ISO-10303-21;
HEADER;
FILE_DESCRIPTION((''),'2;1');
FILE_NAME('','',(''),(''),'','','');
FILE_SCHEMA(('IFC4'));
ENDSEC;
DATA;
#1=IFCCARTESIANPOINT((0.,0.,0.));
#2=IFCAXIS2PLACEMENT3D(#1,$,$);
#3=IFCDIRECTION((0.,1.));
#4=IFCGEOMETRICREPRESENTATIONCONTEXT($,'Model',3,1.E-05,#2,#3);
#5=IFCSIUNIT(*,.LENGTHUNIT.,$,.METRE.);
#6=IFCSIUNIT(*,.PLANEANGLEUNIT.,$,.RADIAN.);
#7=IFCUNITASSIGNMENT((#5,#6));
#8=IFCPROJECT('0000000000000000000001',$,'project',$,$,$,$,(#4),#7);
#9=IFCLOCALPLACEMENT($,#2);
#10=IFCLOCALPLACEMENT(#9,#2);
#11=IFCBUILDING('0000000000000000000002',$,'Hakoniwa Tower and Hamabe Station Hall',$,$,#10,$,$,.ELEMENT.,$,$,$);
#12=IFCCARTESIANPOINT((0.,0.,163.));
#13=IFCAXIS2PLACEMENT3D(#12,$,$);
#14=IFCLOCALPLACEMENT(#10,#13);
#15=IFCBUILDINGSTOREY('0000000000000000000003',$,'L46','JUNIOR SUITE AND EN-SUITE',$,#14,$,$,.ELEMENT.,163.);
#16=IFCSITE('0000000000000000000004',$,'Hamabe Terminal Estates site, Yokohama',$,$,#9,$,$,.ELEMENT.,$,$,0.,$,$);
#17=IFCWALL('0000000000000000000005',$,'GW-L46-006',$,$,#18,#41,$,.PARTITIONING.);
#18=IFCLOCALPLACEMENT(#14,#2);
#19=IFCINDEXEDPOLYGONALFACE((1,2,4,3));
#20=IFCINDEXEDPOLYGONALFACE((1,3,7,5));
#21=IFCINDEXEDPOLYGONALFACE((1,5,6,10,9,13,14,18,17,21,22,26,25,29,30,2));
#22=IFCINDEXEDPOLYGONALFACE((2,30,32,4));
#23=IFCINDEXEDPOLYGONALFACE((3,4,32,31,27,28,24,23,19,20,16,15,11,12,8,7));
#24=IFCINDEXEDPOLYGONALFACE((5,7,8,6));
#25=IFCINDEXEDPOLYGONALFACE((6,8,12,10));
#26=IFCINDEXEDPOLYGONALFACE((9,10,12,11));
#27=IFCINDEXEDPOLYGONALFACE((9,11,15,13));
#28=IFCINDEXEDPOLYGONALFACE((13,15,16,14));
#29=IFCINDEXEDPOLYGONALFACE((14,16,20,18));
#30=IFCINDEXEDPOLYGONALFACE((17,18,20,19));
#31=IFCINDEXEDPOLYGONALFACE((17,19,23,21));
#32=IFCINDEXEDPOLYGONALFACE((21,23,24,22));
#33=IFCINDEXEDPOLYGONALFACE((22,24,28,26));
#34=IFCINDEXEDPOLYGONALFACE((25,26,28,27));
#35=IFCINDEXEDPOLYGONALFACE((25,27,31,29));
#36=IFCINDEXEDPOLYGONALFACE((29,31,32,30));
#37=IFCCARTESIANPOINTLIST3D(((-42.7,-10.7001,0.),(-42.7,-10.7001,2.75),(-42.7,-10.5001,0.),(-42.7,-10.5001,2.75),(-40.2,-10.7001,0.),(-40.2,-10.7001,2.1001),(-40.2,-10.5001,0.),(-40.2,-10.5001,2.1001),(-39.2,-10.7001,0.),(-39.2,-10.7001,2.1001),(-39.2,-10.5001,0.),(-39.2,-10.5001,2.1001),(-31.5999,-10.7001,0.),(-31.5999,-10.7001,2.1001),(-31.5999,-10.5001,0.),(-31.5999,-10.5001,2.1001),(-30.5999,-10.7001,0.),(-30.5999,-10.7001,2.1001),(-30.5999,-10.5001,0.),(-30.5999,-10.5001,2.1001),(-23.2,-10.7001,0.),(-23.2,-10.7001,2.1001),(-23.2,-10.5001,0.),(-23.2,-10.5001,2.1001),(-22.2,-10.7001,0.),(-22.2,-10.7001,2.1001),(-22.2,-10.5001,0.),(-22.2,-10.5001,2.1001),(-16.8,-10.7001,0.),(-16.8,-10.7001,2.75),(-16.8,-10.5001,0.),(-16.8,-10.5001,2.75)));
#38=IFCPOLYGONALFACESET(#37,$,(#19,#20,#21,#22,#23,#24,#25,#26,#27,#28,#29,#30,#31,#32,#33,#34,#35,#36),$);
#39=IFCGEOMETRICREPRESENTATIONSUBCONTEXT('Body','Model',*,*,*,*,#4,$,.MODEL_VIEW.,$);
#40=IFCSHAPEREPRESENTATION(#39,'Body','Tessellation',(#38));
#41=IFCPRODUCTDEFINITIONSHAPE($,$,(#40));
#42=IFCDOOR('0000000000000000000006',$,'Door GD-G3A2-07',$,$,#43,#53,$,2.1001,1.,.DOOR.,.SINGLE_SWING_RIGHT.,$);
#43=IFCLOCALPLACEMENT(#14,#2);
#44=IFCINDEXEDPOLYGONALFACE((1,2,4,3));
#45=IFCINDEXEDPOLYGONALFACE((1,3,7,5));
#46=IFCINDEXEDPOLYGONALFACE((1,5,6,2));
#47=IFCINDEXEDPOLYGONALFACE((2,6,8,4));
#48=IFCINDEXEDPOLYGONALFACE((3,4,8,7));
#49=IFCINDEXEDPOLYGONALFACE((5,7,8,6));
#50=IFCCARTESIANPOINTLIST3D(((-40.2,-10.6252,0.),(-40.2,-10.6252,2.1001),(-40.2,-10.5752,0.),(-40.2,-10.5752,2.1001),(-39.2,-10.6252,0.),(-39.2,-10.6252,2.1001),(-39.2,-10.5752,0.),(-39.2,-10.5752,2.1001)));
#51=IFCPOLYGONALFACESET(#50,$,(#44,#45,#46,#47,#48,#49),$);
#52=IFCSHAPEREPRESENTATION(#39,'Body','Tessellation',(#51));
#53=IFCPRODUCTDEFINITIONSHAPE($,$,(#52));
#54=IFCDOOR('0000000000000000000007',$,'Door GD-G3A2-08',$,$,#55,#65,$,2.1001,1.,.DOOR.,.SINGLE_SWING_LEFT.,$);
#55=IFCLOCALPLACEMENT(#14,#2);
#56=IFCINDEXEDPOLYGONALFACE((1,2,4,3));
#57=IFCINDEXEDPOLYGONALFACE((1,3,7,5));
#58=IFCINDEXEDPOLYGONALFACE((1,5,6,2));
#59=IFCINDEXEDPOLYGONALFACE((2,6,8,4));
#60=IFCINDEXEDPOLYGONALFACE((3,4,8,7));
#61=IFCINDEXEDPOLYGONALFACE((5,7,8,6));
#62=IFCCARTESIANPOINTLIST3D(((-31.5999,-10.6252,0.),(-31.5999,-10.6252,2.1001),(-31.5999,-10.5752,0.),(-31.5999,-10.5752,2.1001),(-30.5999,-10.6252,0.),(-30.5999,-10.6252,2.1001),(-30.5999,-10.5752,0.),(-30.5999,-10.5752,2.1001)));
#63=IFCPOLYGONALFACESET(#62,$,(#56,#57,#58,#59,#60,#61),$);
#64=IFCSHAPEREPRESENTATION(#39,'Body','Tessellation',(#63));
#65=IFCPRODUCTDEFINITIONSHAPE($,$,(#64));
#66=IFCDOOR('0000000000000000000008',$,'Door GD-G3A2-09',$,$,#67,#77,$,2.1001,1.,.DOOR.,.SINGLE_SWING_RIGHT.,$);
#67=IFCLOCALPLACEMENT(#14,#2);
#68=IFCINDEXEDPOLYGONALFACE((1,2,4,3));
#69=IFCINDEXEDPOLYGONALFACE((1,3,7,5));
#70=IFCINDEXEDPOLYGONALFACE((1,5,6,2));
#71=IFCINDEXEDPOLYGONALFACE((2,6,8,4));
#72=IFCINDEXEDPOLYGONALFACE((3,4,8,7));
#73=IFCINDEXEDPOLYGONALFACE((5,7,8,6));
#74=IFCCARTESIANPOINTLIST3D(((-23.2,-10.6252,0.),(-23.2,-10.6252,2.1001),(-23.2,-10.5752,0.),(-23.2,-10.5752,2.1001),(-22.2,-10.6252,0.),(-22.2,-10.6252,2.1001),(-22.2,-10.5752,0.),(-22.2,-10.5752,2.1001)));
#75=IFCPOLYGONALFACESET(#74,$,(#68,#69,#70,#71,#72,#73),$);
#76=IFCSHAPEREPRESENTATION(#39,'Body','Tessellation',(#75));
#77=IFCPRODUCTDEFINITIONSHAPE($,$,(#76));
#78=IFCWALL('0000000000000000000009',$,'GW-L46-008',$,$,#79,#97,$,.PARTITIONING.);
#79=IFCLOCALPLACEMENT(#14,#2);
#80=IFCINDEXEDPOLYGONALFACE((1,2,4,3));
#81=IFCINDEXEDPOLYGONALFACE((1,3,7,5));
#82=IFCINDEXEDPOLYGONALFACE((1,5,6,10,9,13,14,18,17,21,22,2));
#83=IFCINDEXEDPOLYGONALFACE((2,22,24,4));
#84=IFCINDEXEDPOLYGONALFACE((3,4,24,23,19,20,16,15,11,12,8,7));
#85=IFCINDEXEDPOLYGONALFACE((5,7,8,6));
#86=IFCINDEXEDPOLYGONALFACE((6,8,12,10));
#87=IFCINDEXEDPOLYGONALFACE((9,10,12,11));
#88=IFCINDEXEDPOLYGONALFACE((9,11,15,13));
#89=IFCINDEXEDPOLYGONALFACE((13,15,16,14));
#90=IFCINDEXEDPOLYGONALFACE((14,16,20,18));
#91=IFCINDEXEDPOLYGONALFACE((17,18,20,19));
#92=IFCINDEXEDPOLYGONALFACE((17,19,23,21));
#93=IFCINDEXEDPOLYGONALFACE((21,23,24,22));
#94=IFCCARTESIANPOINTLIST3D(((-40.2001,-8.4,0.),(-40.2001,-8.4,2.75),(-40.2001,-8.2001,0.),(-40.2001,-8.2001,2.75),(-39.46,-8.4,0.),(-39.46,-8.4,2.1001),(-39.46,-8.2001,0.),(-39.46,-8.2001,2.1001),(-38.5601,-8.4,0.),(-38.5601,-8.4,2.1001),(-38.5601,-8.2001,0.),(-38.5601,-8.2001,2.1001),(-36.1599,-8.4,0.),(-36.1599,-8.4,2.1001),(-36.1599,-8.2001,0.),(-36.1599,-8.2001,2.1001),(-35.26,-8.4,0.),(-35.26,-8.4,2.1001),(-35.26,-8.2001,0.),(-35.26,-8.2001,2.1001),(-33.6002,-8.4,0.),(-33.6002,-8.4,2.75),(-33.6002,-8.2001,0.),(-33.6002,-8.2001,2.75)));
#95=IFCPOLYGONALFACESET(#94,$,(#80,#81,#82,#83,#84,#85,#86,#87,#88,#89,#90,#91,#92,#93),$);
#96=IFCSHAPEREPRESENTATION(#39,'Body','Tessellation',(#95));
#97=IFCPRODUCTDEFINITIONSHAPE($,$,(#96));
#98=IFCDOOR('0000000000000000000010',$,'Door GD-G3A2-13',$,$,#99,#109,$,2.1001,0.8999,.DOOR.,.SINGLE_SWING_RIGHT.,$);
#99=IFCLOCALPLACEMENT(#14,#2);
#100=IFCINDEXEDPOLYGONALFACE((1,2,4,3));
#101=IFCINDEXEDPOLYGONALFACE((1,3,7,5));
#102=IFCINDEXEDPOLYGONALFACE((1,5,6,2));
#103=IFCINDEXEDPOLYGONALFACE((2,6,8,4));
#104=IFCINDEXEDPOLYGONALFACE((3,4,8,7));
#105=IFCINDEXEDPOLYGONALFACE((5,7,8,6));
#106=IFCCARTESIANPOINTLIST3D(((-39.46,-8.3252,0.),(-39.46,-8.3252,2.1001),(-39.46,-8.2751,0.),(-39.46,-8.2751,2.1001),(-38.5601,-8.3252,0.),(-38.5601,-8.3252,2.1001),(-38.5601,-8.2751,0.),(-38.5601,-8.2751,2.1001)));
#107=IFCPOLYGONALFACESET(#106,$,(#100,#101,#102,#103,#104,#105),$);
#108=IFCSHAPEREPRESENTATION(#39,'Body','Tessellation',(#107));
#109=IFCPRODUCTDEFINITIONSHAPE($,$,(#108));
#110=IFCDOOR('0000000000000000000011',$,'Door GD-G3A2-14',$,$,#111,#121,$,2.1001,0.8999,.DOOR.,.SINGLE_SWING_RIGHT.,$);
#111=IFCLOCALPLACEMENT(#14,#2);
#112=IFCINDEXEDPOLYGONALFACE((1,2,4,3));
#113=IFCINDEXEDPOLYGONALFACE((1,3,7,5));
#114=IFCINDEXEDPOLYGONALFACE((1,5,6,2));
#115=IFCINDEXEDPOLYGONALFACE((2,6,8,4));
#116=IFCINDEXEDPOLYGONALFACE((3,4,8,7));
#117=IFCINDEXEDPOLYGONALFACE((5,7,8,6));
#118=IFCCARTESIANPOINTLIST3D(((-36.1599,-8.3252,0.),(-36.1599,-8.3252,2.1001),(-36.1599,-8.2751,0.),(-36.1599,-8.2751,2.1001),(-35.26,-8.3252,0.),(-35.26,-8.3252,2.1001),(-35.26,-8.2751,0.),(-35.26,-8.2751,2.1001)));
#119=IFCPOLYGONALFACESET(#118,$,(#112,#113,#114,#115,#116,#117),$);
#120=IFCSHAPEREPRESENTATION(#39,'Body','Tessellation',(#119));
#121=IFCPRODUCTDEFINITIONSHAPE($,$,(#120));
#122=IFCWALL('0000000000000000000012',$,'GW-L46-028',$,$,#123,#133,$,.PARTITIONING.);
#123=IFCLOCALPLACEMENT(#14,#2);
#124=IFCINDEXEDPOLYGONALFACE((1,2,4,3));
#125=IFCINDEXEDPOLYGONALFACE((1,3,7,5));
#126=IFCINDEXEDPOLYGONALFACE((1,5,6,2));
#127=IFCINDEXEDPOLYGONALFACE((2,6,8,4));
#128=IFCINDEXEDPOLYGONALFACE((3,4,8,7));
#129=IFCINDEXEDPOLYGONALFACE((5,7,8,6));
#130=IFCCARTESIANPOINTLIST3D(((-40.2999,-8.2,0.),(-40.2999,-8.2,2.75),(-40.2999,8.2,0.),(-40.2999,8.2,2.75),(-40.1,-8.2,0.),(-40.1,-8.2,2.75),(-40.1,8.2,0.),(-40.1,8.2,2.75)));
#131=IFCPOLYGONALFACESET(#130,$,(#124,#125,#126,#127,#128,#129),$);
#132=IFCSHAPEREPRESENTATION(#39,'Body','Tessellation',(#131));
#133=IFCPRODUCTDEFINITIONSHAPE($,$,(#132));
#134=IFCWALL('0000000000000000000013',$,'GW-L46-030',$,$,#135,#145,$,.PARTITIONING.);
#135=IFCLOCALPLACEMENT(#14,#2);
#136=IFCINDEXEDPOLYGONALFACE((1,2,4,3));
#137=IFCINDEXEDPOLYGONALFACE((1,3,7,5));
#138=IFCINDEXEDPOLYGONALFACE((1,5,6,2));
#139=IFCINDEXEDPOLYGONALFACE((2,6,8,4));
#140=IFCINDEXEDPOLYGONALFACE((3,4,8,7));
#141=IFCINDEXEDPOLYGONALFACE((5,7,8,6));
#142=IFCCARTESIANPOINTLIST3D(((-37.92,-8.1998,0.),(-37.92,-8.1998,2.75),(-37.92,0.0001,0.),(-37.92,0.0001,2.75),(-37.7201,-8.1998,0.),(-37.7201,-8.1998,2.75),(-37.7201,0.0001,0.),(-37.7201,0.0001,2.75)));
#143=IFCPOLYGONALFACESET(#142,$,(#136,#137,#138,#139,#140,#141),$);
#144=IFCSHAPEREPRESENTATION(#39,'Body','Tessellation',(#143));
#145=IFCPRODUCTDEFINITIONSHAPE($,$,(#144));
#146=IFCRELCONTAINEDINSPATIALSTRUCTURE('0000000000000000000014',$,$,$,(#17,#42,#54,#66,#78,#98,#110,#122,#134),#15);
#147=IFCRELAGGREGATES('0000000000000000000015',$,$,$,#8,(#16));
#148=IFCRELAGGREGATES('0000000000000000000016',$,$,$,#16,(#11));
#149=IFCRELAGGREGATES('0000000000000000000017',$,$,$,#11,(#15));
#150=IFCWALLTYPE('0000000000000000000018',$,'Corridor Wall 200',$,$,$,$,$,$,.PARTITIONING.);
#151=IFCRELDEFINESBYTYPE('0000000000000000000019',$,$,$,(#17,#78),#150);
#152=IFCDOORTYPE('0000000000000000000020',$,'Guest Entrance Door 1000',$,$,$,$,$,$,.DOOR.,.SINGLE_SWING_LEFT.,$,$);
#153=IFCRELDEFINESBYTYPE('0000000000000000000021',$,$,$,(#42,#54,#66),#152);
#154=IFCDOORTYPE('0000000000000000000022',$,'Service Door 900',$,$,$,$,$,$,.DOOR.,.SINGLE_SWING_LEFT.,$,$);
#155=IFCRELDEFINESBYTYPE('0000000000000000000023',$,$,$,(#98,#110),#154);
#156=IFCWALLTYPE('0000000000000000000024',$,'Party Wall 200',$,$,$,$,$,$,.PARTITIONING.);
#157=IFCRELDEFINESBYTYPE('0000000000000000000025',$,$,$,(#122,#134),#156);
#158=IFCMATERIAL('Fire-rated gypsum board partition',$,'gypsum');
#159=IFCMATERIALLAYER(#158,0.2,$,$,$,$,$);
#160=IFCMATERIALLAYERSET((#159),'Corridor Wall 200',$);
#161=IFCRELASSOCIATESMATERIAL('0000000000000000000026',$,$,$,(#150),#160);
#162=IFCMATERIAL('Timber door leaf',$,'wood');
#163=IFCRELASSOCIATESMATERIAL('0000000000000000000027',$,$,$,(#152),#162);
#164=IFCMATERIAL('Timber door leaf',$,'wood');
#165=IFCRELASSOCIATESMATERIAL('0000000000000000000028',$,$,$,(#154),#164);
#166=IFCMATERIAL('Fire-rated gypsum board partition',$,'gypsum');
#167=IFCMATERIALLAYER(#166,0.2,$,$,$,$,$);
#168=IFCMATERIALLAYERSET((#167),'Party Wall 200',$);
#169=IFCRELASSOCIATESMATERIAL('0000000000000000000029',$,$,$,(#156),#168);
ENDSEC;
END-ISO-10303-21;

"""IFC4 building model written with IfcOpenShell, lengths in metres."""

from ifc_helpers import new_model, si_unit, direction, frame, frame_2d, origin, place, context, subcontext, project, spatial, rectangle, extrude, material, layer, layer_set, type_object, element, fill, save


model = new_model("IFC4")

# Units and contexts
model_context = context("Model", 3, precision=1e-05, world=origin(), true_north=direction((0.0, 1.0)))
body_context = subcontext(model_context, "Body", "Model", "MODEL_VIEW")
ifc_project = project(units=[si_unit("LENGTHUNIT", "METRE"), si_unit("PLANEANGLEUNIT", "RADIAN")], contexts=[model_context])

# Site, building, storey
site_placement = place(None, origin())
site = spatial("IfcSite", under=ifc_project, at=site_placement, Name="Hamabe Terminal Estates site, Yokohama", CompositionType="ELEMENT", RefElevation=0.0)
building_placement = place(site_placement, origin())
building = spatial("IfcBuilding", under=site, at=building_placement, Name="Hakoniwa Tower and Hamabe Station Hall", CompositionType="ELEMENT")
storey_placement = place(building_placement, frame((0.0, 0.0, 163.0)))
storey = spatial("IfcBuildingStorey", under=building, at=storey_placement, Name="L46", Description="JUNIOR SUITE AND EN-SUITE", CompositionType="ELEMENT", Elevation=163.0)

# Walls, openings, doors
ifc_material_1 = material(Name="Fire-rated gypsum board partition", Category="gypsum")
ifc_layer_1 = layer(ifc_material_1, 0.2)
ifc_layer_set_1 = layer_set([ifc_layer_1], Name="Corridor Wall 200")
wall_type_1 = type_object("IfcWallType", Name="Corridor Wall 200", PredefinedType="PARTITIONING", material=ifc_layer_set_1)
wall_1_placement = place(storey_placement, frame((-42.7, -10.6001, 0.0), z_axis=(0.0, 0.0, 1.0), x_axis=(1.0, 0.0, 0.0)))
wall_1 = element("IfcWall", 1, at=wall_1_placement, inside=storey, type_object=wall_type_1, Name="GW-L46-006", PredefinedType="PARTITIONING", context=body_context, shape_type="SweptSolid", body=[
    extrude(rectangle(XDim=25.8999, YDim=0.2, at=frame_2d((12.95, 0.0))), origin(), (0.0, 0.0, 1.0), 2.75),
])
opening_1_placement = place(wall_1_placement, frame((2.5, 0.0, 0.0)))
opening_1 = element("IfcOpeningElement", 2, at=opening_1_placement, cuts=wall_1, PredefinedType="OPENING", context=body_context, shape_type="SweptSolid", body=[
    extrude(rectangle(XDim=1.0, YDim=2.1001, at=frame_2d((0.5, 1.05))), frame((0.0, 0.1099, 0.0), z_axis=(0.0, -1.0, 0.0), x_axis=(1.0, 0.0, 0.0)), (0.0, 0.0, 1.0), 0.22),
])
opening_2_placement = place(wall_1_placement, frame((11.1001, 0.0, 0.0)))
opening_2 = element("IfcOpeningElement", 3, at=opening_2_placement, cuts=wall_1, PredefinedType="OPENING", context=body_context, shape_type="SweptSolid", body=[
    extrude(rectangle(XDim=1.0, YDim=2.1001, at=frame_2d((0.5, 1.05))), frame((0.0, 0.1099, 0.0), z_axis=(0.0, -1.0, 0.0), x_axis=(1.0, 0.0, 0.0)), (0.0, 0.0, 1.0), 0.22),
])
opening_3_placement = place(wall_1_placement, frame((19.5, 0.0, 0.0)))
opening_3 = element("IfcOpeningElement", 4, at=opening_3_placement, cuts=wall_1, PredefinedType="OPENING", context=body_context, shape_type="SweptSolid", body=[
    extrude(rectangle(XDim=1.0, YDim=2.1001, at=frame_2d((0.5, 1.05))), frame((0.0, 0.1099, 0.0), z_axis=(0.0, -1.0, 0.0), x_axis=(1.0, 0.0, 0.0)), (0.0, 0.0, 1.0), 0.22),
])
ifc_material_2 = material(Name="Timber door leaf", Category="wood")
door_type_1 = type_object("IfcDoorType", Name="Guest Entrance Door 1000", OperationType="SINGLE_SWING_LEFT", PredefinedType="DOOR", material=ifc_material_2)
door_1_placement = place(opening_1_placement, origin())
door_1 = element("IfcDoor", 5, at=door_1_placement, inside=storey, type_object=door_type_1, Name="Door GD-G3A2-07", OperationType="SINGLE_SWING_RIGHT", OverallHeight=2.1001, OverallWidth=1.0, PredefinedType="DOOR", context=body_context, shape_type="SweptSolid", body=[
    extrude(rectangle(XDim=1.0, YDim=2.1001, at=frame_2d((0.5, 1.05))), frame((0.0, 0.0249, 0.0), z_axis=(0.0, -1.0, 0.0), x_axis=(1.0, 0.0, 0.0)), (0.0, 0.0, 1.0), 0.05),
])
fill(opening_1, door_1)
door_2_placement = place(opening_2_placement, origin())
door_2 = element("IfcDoor", 6, at=door_2_placement, inside=storey, type_object=door_type_1, Name="Door GD-G3A2-08", OperationType="SINGLE_SWING_LEFT", OverallHeight=2.1001, OverallWidth=1.0, PredefinedType="DOOR", context=body_context, shape_type="SweptSolid", body=[
    extrude(rectangle(XDim=1.0, YDim=2.1001, at=frame_2d((0.5, 1.05))), frame((0.0, 0.0249, 0.0), z_axis=(0.0, -1.0, 0.0), x_axis=(1.0, 0.0, 0.0)), (0.0, 0.0, 1.0), 0.05),
])
fill(opening_2, door_2)
door_3_placement = place(opening_3_placement, origin())
door_3 = element("IfcDoor", 7, at=door_3_placement, inside=storey, type_object=door_type_1, Name="Door GD-G3A2-09", OperationType="SINGLE_SWING_RIGHT", OverallHeight=2.1001, OverallWidth=1.0, PredefinedType="DOOR", context=body_context, shape_type="SweptSolid", body=[
    extrude(rectangle(XDim=1.0, YDim=2.1001, at=frame_2d((0.5, 1.05))), frame((0.0, 0.0249, 0.0), z_axis=(0.0, -1.0, 0.0), x_axis=(1.0, 0.0, 0.0)), (0.0, 0.0, 1.0), 0.05),
])
fill(opening_3, door_3)
wall_2_placement = place(storey_placement, frame((-40.2, -8.3, 0.0), z_axis=(0.0, 0.0, 1.0), x_axis=(1.0, 0.0, 0.0)))
wall_2 = element("IfcWall", 8, at=wall_2_placement, inside=storey, type_object=wall_type_1, Name="GW-L46-008", PredefinedType="PARTITIONING", context=body_context, shape_type="SweptSolid", body=[
    extrude(rectangle(XDim=6.5999, YDim=0.2, at=frame_2d((3.2998, 0.0))), origin(), (0.0, 0.0, 1.0), 2.75),
])
opening_4_placement = place(wall_2_placement, frame((0.74, 0.0, 0.0)))
opening_4 = element("IfcOpeningElement", 9, at=opening_4_placement, cuts=wall_2, PredefinedType="OPENING", context=body_context, shape_type="SweptSolid", body=[
    extrude(rectangle(XDim=0.8999, YDim=2.1001, at=frame_2d((0.45, 1.05))), frame((0.0, 0.1099, 0.0), z_axis=(0.0, -1.0, 0.0), x_axis=(1.0, 0.0, 0.0)), (0.0, 0.0, 1.0), 0.22),
])
opening_5_placement = place(wall_2_placement, frame((4.04, 0.0, 0.0)))
opening_5 = element("IfcOpeningElement", 10, at=opening_5_placement, cuts=wall_2, PredefinedType="OPENING", context=body_context, shape_type="SweptSolid", body=[
    extrude(rectangle(XDim=0.8999, YDim=2.1001, at=frame_2d((0.45, 1.05))), frame((0.0, 0.1099, 0.0), z_axis=(0.0, -1.0, 0.0), x_axis=(1.0, 0.0, 0.0)), (0.0, 0.0, 1.0), 0.22),
])
ifc_material_3 = material(Name="Timber door leaf", Category="wood")
door_type_2 = type_object("IfcDoorType", Name="Service Door 900", OperationType="SINGLE_SWING_LEFT", PredefinedType="DOOR", material=ifc_material_3)
door_4_placement = place(opening_4_placement, origin())
door_4 = element("IfcDoor", 11, at=door_4_placement, inside=storey, type_object=door_type_2, Name="Door GD-G3A2-13", OperationType="SINGLE_SWING_RIGHT", OverallHeight=2.1001, OverallWidth=0.8999, PredefinedType="DOOR", context=body_context, shape_type="SweptSolid", body=[
    extrude(rectangle(XDim=0.8999, YDim=2.1001, at=frame_2d((0.45, 1.05))), frame((0.0, 0.0249, 0.0), z_axis=(0.0, -1.0, 0.0), x_axis=(1.0, 0.0, 0.0)), (0.0, 0.0, 1.0), 0.05),
])
fill(opening_4, door_4)
door_5_placement = place(opening_5_placement, origin())
door_5 = element("IfcDoor", 12, at=door_5_placement, inside=storey, type_object=door_type_2, Name="Door GD-G3A2-14", OperationType="SINGLE_SWING_RIGHT", OverallHeight=2.1001, OverallWidth=0.8999, PredefinedType="DOOR", context=body_context, shape_type="SweptSolid", body=[
    extrude(rectangle(XDim=0.8999, YDim=2.1001, at=frame_2d((0.45, 1.05))), frame((0.0, 0.0249, 0.0), z_axis=(0.0, -1.0, 0.0), x_axis=(1.0, 0.0, 0.0)), (0.0, 0.0, 1.0), 0.05),
])
fill(opening_5, door_5)

# Walls
ifc_material_4 = material(Name="Fire-rated gypsum board partition", Category="gypsum")
ifc_layer_2 = layer(ifc_material_4, 0.2)
ifc_layer_set_2 = layer_set([ifc_layer_2], Name="Party Wall 200")
wall_type_2 = type_object("IfcWallType", Name="Party Wall 200", PredefinedType="PARTITIONING", material=ifc_layer_set_2)
wall_3_placement = place(storey_placement, frame((-40.2, -8.2, 0.0), z_axis=(0.0, 0.0, 1.0), x_axis=(0.0, 1.0, 0.0)))
element("IfcWall", 13, at=wall_3_placement, inside=storey, type_object=wall_type_2, Name="GW-L46-028", PredefinedType="PARTITIONING", context=body_context, shape_type="SweptSolid", body=[
    extrude(rectangle(XDim=16.3999, YDim=0.2, at=frame_2d((8.2, 0.0))), origin(), (0.0, 0.0, 1.0), 2.75),
])
wall_4_placement = place(storey_placement, frame((-37.8201, -8.2, 0.0), z_axis=(0.0, 0.0, 1.0), x_axis=(0.0, 1.0, 0.0)))
element("IfcWall", 14, at=wall_4_placement, inside=storey, type_object=wall_type_2, Name="GW-L46-030", PredefinedType="PARTITIONING", context=body_context, shape_type="SweptSolid", body=[
    extrude(rectangle(XDim=8.2, YDim=0.2, at=frame_2d((4.1001, 0.0))), origin(), (0.0, 0.0, 1.0), 2.75),
])

save(model, "model.ifc")
